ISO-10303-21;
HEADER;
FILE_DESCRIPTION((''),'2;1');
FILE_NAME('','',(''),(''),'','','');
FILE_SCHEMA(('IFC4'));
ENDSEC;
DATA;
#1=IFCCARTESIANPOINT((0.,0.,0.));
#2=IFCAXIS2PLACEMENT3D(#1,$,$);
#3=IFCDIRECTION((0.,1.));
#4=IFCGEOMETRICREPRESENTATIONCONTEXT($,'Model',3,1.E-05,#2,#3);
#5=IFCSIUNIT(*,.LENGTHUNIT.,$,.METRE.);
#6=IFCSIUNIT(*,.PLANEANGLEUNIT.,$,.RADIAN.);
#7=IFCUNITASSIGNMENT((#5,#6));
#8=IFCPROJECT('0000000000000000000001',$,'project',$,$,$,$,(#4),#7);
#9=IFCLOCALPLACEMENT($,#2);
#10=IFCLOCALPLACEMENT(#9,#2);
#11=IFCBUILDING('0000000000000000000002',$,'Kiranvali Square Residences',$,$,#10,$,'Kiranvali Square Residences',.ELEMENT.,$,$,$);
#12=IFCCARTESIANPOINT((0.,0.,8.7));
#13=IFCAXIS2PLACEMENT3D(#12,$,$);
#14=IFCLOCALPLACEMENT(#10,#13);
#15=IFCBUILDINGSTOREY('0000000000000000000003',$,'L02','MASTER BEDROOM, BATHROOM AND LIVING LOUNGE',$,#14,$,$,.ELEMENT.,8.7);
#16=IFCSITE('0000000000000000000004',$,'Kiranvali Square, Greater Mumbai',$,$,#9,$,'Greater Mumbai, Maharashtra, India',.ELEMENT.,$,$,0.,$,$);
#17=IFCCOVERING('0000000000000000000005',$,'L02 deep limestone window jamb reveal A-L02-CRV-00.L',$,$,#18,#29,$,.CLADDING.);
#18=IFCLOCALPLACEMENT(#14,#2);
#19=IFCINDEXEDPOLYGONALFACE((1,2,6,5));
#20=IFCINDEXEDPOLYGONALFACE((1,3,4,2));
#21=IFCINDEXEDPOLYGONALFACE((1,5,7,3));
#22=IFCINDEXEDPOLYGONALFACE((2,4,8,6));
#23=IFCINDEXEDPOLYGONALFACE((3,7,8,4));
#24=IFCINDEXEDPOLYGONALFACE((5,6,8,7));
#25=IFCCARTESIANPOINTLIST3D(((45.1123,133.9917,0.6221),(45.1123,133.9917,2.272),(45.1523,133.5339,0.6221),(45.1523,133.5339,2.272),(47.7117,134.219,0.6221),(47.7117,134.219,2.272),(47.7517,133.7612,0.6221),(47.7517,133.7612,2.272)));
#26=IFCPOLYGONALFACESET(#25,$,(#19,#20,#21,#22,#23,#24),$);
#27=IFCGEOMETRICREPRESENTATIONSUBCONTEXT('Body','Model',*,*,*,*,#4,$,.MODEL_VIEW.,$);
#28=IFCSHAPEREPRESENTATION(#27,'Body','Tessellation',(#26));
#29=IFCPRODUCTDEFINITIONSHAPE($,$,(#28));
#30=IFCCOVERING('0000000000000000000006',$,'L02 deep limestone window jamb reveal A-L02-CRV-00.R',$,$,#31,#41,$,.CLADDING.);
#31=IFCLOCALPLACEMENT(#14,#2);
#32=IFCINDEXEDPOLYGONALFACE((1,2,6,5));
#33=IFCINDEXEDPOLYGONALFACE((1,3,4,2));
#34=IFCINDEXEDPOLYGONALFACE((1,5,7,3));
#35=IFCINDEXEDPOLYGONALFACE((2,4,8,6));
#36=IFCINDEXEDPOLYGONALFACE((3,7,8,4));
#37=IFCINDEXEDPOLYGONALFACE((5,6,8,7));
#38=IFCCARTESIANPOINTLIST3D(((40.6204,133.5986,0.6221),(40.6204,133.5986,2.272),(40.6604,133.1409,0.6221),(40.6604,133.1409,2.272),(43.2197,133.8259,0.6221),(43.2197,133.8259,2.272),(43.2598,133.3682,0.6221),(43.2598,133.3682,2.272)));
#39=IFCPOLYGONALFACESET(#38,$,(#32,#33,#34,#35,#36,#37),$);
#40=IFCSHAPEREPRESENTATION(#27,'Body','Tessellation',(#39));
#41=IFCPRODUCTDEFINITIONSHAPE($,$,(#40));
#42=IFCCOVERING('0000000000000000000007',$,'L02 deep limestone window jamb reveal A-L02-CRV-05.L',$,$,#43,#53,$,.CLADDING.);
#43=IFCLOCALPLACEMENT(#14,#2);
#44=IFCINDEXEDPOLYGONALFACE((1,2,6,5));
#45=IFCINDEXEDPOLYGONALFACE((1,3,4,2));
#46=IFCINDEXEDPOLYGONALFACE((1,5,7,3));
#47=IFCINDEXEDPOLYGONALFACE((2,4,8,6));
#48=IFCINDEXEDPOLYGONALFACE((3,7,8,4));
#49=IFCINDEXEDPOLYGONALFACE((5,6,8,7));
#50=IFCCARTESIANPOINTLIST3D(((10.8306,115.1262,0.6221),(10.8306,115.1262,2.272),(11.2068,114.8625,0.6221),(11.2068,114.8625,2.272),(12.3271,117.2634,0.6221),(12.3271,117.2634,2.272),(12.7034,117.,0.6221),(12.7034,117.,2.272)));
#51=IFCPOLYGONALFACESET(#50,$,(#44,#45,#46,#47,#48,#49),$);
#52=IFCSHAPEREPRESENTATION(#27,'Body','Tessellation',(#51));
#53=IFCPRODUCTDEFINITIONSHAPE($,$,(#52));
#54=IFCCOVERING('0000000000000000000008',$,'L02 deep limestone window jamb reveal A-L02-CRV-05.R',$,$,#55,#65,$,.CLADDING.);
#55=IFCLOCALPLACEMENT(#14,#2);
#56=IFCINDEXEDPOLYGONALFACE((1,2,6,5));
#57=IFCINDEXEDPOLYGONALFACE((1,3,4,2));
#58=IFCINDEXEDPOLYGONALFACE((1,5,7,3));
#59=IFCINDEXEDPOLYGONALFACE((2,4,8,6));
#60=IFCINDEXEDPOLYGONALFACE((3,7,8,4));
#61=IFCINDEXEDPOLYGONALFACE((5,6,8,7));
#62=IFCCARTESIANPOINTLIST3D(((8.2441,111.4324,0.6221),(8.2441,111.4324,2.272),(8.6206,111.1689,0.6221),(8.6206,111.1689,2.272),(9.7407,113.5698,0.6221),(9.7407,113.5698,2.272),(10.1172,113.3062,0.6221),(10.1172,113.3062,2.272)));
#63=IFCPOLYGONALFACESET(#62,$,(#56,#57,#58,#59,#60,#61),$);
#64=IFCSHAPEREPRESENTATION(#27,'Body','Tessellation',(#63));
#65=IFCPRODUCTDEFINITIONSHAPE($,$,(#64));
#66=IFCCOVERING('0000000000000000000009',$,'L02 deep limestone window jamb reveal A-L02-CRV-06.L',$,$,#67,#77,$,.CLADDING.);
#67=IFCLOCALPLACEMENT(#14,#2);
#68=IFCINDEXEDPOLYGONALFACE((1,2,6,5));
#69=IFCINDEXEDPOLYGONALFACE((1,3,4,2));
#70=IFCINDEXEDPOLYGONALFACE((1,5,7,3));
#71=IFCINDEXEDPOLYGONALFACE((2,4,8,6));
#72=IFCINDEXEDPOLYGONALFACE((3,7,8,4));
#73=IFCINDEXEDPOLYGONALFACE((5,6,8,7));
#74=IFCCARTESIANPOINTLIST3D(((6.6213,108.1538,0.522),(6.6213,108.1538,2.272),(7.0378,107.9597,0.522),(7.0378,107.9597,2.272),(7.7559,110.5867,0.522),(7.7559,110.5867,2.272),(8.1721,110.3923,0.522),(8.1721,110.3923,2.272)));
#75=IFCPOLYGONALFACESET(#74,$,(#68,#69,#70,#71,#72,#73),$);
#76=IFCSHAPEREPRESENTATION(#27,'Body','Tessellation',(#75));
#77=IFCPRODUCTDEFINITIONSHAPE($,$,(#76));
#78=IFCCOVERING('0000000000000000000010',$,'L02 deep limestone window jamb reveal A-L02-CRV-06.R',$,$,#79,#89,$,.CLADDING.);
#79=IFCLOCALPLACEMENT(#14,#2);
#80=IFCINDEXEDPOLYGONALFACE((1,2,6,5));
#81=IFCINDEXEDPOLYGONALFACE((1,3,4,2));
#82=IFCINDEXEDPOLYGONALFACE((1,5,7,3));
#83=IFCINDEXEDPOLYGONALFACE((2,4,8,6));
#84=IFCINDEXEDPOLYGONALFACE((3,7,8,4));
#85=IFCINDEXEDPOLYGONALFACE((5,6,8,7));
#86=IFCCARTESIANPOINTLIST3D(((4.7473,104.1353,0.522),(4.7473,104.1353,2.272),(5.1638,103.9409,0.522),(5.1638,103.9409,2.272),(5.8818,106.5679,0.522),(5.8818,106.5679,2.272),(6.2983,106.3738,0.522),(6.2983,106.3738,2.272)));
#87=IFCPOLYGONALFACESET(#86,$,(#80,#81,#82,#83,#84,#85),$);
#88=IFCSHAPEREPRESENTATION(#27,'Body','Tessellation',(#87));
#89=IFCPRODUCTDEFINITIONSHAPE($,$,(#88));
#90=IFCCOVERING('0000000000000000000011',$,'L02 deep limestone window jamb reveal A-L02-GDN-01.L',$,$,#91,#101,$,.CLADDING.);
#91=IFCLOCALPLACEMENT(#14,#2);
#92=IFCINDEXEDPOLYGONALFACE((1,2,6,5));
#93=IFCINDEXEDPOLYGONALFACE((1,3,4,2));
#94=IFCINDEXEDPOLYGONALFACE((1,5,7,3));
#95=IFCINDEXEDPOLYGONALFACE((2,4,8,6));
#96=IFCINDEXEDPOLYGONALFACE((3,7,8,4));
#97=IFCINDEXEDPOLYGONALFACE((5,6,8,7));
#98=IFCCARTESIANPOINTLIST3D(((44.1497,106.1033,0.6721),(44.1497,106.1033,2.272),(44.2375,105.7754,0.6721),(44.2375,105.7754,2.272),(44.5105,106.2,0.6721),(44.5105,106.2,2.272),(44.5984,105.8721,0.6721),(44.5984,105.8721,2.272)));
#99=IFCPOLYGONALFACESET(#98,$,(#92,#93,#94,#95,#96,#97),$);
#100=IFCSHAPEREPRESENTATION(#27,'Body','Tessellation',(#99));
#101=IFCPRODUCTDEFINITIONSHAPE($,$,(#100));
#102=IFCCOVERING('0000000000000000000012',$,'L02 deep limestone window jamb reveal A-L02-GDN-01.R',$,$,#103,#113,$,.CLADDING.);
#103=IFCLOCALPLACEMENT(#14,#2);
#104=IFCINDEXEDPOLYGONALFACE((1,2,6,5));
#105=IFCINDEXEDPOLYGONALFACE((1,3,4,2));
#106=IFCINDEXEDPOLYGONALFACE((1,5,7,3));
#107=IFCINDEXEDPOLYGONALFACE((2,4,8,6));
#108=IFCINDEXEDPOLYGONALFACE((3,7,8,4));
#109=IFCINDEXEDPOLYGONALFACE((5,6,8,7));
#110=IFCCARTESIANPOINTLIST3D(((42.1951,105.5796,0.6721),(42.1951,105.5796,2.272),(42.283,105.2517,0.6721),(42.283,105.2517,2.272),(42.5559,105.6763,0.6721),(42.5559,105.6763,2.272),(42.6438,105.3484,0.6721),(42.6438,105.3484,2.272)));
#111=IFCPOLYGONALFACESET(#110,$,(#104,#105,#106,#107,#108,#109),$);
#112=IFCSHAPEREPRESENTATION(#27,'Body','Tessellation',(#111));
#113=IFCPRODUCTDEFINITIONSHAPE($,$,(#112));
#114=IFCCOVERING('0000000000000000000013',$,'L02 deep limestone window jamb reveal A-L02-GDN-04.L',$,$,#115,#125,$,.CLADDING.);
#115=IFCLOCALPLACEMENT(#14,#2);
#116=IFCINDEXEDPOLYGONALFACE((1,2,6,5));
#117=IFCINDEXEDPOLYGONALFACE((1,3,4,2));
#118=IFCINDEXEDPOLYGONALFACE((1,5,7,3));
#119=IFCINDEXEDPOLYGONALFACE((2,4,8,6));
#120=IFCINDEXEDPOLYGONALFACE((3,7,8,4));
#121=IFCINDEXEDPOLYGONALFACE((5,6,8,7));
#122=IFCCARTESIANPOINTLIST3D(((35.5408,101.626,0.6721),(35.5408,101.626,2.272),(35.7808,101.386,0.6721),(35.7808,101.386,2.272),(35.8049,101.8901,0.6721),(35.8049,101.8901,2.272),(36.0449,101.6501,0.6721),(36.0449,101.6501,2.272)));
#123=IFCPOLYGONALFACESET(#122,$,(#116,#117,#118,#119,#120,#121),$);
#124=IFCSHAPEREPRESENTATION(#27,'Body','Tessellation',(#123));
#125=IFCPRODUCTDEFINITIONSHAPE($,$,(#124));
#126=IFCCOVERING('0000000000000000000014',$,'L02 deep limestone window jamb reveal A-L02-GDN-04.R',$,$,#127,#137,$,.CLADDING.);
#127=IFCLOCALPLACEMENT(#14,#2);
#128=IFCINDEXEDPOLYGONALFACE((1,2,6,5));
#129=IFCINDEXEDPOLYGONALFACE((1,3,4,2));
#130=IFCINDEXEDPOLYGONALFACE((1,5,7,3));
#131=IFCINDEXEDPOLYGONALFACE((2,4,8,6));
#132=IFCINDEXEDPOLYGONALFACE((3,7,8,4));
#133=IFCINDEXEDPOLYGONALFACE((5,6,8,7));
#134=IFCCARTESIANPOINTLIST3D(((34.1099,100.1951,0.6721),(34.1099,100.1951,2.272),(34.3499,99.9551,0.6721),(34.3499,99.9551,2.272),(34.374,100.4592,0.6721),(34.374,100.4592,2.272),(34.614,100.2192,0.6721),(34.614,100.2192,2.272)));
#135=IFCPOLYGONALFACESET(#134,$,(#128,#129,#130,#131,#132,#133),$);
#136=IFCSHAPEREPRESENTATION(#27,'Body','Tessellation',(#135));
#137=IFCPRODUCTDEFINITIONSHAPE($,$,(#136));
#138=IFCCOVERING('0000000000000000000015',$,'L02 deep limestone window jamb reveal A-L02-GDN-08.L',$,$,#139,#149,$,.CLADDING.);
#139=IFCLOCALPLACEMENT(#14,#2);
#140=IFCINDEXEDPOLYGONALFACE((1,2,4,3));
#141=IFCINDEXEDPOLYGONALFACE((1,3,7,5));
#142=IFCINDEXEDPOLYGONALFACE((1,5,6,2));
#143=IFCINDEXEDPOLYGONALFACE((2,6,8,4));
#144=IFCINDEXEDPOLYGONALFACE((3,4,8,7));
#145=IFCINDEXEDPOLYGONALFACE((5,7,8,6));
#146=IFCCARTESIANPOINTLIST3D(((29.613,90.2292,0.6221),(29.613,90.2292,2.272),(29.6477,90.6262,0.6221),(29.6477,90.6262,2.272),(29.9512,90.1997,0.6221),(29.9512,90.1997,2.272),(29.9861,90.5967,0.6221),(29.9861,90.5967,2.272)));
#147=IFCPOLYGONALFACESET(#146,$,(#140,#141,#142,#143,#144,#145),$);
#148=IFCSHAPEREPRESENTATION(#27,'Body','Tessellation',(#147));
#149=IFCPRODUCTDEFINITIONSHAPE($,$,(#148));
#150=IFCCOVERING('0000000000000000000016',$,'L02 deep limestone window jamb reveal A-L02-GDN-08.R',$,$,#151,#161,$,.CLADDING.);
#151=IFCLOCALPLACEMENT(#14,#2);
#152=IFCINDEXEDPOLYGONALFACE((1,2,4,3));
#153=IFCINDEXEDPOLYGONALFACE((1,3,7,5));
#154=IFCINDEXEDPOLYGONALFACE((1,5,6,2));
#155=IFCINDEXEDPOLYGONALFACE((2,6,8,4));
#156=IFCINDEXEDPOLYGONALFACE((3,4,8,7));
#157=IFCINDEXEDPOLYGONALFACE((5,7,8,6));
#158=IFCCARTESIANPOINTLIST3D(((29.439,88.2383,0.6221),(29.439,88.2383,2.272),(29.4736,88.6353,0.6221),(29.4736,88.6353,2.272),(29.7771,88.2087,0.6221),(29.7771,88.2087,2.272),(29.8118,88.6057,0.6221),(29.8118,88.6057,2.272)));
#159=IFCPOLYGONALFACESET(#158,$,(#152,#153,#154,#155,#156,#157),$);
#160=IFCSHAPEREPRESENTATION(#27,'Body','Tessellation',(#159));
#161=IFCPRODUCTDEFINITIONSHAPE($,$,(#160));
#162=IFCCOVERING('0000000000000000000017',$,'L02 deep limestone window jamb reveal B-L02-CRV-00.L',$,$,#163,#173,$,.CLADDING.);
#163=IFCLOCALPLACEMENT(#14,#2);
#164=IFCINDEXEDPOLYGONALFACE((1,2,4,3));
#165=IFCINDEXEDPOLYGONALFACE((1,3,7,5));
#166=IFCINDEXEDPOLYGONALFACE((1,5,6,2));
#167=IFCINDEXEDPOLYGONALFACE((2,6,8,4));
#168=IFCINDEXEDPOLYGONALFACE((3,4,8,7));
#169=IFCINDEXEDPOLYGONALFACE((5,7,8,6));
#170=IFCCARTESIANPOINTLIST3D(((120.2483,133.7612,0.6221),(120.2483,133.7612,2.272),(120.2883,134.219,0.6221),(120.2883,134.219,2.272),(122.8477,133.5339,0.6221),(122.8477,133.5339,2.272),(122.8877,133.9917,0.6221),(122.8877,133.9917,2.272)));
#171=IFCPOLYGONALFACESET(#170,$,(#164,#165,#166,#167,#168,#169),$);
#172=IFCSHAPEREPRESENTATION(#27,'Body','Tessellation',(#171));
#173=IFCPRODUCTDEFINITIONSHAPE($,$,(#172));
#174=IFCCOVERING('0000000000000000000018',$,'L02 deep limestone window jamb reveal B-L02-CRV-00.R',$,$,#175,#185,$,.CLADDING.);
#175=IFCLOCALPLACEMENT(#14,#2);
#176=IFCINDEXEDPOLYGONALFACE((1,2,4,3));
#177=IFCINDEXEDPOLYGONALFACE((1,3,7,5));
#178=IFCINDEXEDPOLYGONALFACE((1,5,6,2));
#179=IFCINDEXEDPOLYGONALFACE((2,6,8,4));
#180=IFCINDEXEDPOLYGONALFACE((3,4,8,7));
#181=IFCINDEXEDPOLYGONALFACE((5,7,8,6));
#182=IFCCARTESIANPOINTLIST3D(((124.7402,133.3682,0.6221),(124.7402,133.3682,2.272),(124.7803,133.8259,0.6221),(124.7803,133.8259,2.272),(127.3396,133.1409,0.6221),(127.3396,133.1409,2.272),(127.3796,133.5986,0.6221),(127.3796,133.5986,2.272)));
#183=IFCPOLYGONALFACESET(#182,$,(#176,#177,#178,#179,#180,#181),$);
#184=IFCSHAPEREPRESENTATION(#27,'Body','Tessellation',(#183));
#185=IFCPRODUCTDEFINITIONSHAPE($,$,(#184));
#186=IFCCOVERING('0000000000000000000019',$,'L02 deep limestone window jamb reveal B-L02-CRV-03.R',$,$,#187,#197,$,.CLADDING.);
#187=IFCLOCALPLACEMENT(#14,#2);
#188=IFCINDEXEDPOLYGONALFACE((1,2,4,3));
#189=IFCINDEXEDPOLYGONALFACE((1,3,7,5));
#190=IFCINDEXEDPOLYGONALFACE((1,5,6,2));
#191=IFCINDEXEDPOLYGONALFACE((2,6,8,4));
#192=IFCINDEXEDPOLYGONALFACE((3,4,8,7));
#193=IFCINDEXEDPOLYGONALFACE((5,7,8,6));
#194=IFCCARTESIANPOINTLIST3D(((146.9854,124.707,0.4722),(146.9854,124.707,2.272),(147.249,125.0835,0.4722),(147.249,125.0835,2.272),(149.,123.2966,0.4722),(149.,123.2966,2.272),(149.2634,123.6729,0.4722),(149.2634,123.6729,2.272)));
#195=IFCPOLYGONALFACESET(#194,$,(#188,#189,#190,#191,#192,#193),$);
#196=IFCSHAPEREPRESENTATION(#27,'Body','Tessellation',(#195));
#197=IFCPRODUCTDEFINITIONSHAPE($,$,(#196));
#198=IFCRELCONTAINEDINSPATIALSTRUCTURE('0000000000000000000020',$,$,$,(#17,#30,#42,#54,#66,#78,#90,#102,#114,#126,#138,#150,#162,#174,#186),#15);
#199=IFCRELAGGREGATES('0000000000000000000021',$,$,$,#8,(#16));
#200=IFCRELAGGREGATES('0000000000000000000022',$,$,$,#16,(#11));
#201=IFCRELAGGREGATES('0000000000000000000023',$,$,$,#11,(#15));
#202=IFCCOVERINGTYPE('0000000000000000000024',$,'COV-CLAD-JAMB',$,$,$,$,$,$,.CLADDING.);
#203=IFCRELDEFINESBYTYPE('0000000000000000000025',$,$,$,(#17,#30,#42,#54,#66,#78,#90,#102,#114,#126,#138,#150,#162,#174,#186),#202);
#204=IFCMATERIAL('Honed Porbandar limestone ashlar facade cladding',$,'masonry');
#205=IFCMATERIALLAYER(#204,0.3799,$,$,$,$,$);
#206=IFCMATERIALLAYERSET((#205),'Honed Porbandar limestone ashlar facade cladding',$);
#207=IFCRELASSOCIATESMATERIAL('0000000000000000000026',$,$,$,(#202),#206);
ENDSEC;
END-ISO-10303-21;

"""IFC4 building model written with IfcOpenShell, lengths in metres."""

from ifc_helpers import new_model, si_unit, direction, frame, origin, place, context, subcontext, project, spatial, polyline, outline, extrude, material, layer, layer_set, type_object, element, save


model = new_model("IFC4")

# Units and contexts
model_context = context("Model", 3, precision=1e-05, world=origin(), true_north=direction((0.0, 1.0)))
body_context = subcontext(model_context, "Body", "Model", "MODEL_VIEW")
ifc_project = project(units=[si_unit("LENGTHUNIT", "METRE"), si_unit("PLANEANGLEUNIT", "RADIAN")], contexts=[model_context])

# Site, building, storey
site_placement = place(None, origin())
site = spatial("IfcSite", under=ifc_project, at=site_placement, Name="Kiranvali Square, Greater Mumbai", LongName="Greater Mumbai, Maharashtra, India", CompositionType="ELEMENT", RefElevation=0.0)
building_placement = place(site_placement, origin())
building = spatial("IfcBuilding", under=site, at=building_placement, Name="Kiranvali Square Residences", LongName="Kiranvali Square Residences", CompositionType="ELEMENT")
storey_placement = place(building_placement, frame((0.0, 0.0, 8.7)))
storey = spatial("IfcBuildingStorey", under=building, at=storey_placement, Name="L02", Description="MASTER BEDROOM, BATHROOM AND LIVING LOUNGE", CompositionType="ELEMENT", Elevation=8.7)

# Coverings
ifc_material = material(Name="Honed Porbandar limestone ashlar facade cladding", Category="masonry")
ifc_layer = layer(ifc_material, 0.3799)
ifc_layer_set = layer_set([ifc_layer], Name="Honed Porbandar limestone ashlar facade cladding")
covering_type = type_object("IfcCoveringType", Name="COV-CLAD-JAMB", PredefinedType="CLADDING", material=ifc_layer_set)
covering_1_placement = place(storey_placement, frame((0.0, 0.0, 0.6221)))
element("IfcCovering", 1, at=covering_1_placement, inside=storey, type_object=covering_type, Name="L02 deep limestone window jamb reveal A-L02-CRV-00.L", PredefinedType="CLADDING", context=body_context, shape_type="SweptSolid", body=[
    extrude(outline(polyline([(47.7117, 134.219), (45.1123, 133.9917), (45.1523, 133.5339), (47.7517, 133.7612), (47.7117, 134.219)])), origin(), (0.0, 0.0, 1.0), 1.6499),
])
covering_2_placement = place(storey_placement, frame((0.0, 0.0, 0.6221)))
element("IfcCovering", 2, at=covering_2_placement, inside=storey, type_object=covering_type, Name="L02 deep limestone window jamb reveal A-L02-CRV-00.R", PredefinedType="CLADDING", context=body_context, shape_type="SweptSolid", body=[
    extrude(outline(polyline([(43.2197, 133.8259), (40.6204, 133.5986), (40.6604, 133.1409), (43.2598, 133.3682), (43.2197, 133.8259)])), origin(), (0.0, 0.0, 1.0), 1.6499),
])
covering_3_placement = place(storey_placement, frame((0.0, 0.0, 0.6221)))
element("IfcCovering", 3, at=covering_3_placement, inside=storey, type_object=covering_type, Name="L02 deep limestone window jamb reveal A-L02-CRV-05.L", PredefinedType="CLADDING", context=body_context, shape_type="SweptSolid", body=[
    extrude(outline(polyline([(12.3271, 117.2634), (10.8306, 115.1262), (11.2068, 114.8625), (12.7034, 117.0), (12.3271, 117.2634)])), origin(), (0.0, 0.0, 1.0), 1.6499),
])
covering_4_placement = place(storey_placement, frame((0.0, 0.0, 0.6221)))
element("IfcCovering", 4, at=covering_4_placement, inside=storey, type_object=covering_type, Name="L02 deep limestone window jamb reveal A-L02-CRV-05.R", PredefinedType="CLADDING", context=body_context, shape_type="SweptSolid", body=[
    extrude(outline(polyline([(9.7407, 113.5698), (8.2441, 111.4324), (8.6206, 111.1689), (10.1172, 113.3062), (9.7407, 113.5698)])), origin(), (0.0, 0.0, 1.0), 1.6499),
])
covering_5_placement = place(storey_placement, frame((0.0, 0.0, 0.522)))
element("IfcCovering", 5, at=covering_5_placement, inside=storey, type_object=covering_type, Name="L02 deep limestone window jamb reveal A-L02-CRV-06.L", PredefinedType="CLADDING", context=body_context, shape_type="SweptSolid", body=[
    extrude(outline(polyline([(7.7559, 110.5867), (6.6213, 108.1538), (7.0378, 107.9597), (8.1721, 110.3923), (7.7559, 110.5867)])), origin(), (0.0, 0.0, 1.0), 1.75),
])
covering_6_placement = place(storey_placement, frame((0.0, 0.0, 0.522)))
element("IfcCovering", 6, at=covering_6_placement, inside=storey, type_object=covering_type, Name="L02 deep limestone window jamb reveal A-L02-CRV-06.R", PredefinedType="CLADDING", context=body_context, shape_type="SweptSolid", body=[
    extrude(outline(polyline([(5.8818, 106.5679), (4.7473, 104.1353), (5.1638, 103.9409), (6.2983, 106.3738), (5.8818, 106.5679)])), origin(), (0.0, 0.0, 1.0), 1.75),
])
covering_7_placement = place(storey_placement, frame((0.0, 0.0, 0.6721)))
element("IfcCovering", 7, at=covering_7_placement, inside=storey, type_object=covering_type, Name="L02 deep limestone window jamb reveal A-L02-GDN-01.L", PredefinedType="CLADDING", context=body_context, shape_type="SweptSolid", body=[
    extrude(outline(polyline([(44.5105, 106.2), (44.1497, 106.1033), (44.2375, 105.7754), (44.5984, 105.8721), (44.5105, 106.2)])), origin(), (0.0, 0.0, 1.0), 1.5999),
])
covering_8_placement = place(storey_placement, frame((0.0, 0.0, 0.6721)))
element("IfcCovering", 8, at=covering_8_placement, inside=storey, type_object=covering_type, Name="L02 deep limestone window jamb reveal A-L02-GDN-01.R", PredefinedType="CLADDING", context=body_context, shape_type="SweptSolid", body=[
    extrude(outline(polyline([(42.5559, 105.6763), (42.1951, 105.5796), (42.283, 105.2517), (42.6438, 105.3484), (42.5559, 105.6763)])), origin(), (0.0, 0.0, 1.0), 1.5999),
])
covering_9_placement = place(storey_placement, frame((0.0, 0.0, 0.6721)))
element("IfcCovering", 9, at=covering_9_placement, inside=storey, type_object=covering_type, Name="L02 deep limestone window jamb reveal A-L02-GDN-04.L", PredefinedType="CLADDING", context=body_context, shape_type="SweptSolid", body=[
    extrude(outline(polyline([(35.8049, 101.8901), (35.5408, 101.626), (35.7808, 101.386), (36.0449, 101.6501), (35.8049, 101.8901)])), origin(), (0.0, 0.0, 1.0), 1.5999),
])
covering_10_placement = place(storey_placement, frame((0.0, 0.0, 0.6721)))
element("IfcCovering", 10, at=covering_10_placement, inside=storey, type_object=covering_type, Name="L02 deep limestone window jamb reveal A-L02-GDN-04.R", PredefinedType="CLADDING", context=body_context, shape_type="SweptSolid", body=[
    extrude(outline(polyline([(34.374, 100.4592), (34.1099, 100.1951), (34.3499, 99.9551), (34.614, 100.2192), (34.374, 100.4592)])), origin(), (0.0, 0.0, 1.0), 1.5999),
])
covering_11_placement = place(storey_placement, frame((0.0, 0.0, 0.6221)))
element("IfcCovering", 11, at=covering_11_placement, inside=storey, type_object=covering_type, Name="L02 deep limestone window jamb reveal A-L02-GDN-08.L", PredefinedType="CLADDING", context=body_context, shape_type="SweptSolid", body=[
    extrude(outline(polyline([(29.6477, 90.6262), (29.613, 90.2292), (29.9512, 90.1997), (29.9861, 90.5967), (29.6477, 90.6262)])), origin(), (0.0, 0.0, 1.0), 1.6499),
])
covering_12_placement = place(storey_placement, frame((0.0, 0.0, 0.6221)))
element("IfcCovering", 12, at=covering_12_placement, inside=storey, type_object=covering_type, Name="L02 deep limestone window jamb reveal A-L02-GDN-08.R", PredefinedType="CLADDING", context=body_context, shape_type="SweptSolid", body=[
    extrude(outline(polyline([(29.4736, 88.6353), (29.439, 88.2383), (29.7771, 88.2087), (29.8118, 88.6057), (29.4736, 88.6353)])), origin(), (0.0, 0.0, 1.0), 1.6499),
])
covering_13_placement = place(storey_placement, frame((0.0, 0.0, 0.6221)))
element("IfcCovering", 13, at=covering_13_placement, inside=storey, type_object=covering_type, Name="L02 deep limestone window jamb reveal B-L02-CRV-00.L", PredefinedType="CLADDING", context=body_context, shape_type="SweptSolid", body=[
    extrude(outline(polyline([(120.2483, 133.7612), (122.8477, 133.5339), (122.8877, 133.9917), (120.2883, 134.219), (120.2483, 133.7612)])), origin(), (0.0, 0.0, 1.0), 1.6499),
])
covering_14_placement = place(storey_placement, frame((0.0, 0.0, 0.6221)))
element("IfcCovering", 14, at=covering_14_placement, inside=storey, type_object=covering_type, Name="L02 deep limestone window jamb reveal B-L02-CRV-00.R", PredefinedType="CLADDING", context=body_context, shape_type="SweptSolid", body=[
    extrude(outline(polyline([(124.7402, 133.3682), (127.3396, 133.1409), (127.3796, 133.5986), (124.7803, 133.8259), (124.7402, 133.3682)])), origin(), (0.0, 0.0, 1.0), 1.6499),
])
covering_15_placement = place(storey_placement, frame((0.0, 0.0, 0.4722)))
element("IfcCovering", 15, at=covering_15_placement, inside=storey, type_object=covering_type, Name="L02 deep limestone window jamb reveal B-L02-CRV-03.R", PredefinedType="CLADDING", context=body_context, shape_type="SweptSolid", body=[
    extrude(outline(polyline([(146.9854, 124.707), (149.0, 123.2966), (149.2634, 123.6729), (147.249, 125.0835), (146.9854, 124.707)])), origin(), (0.0, 0.0, 1.0), 1.7998),
])

save(model, "model.ifc")
